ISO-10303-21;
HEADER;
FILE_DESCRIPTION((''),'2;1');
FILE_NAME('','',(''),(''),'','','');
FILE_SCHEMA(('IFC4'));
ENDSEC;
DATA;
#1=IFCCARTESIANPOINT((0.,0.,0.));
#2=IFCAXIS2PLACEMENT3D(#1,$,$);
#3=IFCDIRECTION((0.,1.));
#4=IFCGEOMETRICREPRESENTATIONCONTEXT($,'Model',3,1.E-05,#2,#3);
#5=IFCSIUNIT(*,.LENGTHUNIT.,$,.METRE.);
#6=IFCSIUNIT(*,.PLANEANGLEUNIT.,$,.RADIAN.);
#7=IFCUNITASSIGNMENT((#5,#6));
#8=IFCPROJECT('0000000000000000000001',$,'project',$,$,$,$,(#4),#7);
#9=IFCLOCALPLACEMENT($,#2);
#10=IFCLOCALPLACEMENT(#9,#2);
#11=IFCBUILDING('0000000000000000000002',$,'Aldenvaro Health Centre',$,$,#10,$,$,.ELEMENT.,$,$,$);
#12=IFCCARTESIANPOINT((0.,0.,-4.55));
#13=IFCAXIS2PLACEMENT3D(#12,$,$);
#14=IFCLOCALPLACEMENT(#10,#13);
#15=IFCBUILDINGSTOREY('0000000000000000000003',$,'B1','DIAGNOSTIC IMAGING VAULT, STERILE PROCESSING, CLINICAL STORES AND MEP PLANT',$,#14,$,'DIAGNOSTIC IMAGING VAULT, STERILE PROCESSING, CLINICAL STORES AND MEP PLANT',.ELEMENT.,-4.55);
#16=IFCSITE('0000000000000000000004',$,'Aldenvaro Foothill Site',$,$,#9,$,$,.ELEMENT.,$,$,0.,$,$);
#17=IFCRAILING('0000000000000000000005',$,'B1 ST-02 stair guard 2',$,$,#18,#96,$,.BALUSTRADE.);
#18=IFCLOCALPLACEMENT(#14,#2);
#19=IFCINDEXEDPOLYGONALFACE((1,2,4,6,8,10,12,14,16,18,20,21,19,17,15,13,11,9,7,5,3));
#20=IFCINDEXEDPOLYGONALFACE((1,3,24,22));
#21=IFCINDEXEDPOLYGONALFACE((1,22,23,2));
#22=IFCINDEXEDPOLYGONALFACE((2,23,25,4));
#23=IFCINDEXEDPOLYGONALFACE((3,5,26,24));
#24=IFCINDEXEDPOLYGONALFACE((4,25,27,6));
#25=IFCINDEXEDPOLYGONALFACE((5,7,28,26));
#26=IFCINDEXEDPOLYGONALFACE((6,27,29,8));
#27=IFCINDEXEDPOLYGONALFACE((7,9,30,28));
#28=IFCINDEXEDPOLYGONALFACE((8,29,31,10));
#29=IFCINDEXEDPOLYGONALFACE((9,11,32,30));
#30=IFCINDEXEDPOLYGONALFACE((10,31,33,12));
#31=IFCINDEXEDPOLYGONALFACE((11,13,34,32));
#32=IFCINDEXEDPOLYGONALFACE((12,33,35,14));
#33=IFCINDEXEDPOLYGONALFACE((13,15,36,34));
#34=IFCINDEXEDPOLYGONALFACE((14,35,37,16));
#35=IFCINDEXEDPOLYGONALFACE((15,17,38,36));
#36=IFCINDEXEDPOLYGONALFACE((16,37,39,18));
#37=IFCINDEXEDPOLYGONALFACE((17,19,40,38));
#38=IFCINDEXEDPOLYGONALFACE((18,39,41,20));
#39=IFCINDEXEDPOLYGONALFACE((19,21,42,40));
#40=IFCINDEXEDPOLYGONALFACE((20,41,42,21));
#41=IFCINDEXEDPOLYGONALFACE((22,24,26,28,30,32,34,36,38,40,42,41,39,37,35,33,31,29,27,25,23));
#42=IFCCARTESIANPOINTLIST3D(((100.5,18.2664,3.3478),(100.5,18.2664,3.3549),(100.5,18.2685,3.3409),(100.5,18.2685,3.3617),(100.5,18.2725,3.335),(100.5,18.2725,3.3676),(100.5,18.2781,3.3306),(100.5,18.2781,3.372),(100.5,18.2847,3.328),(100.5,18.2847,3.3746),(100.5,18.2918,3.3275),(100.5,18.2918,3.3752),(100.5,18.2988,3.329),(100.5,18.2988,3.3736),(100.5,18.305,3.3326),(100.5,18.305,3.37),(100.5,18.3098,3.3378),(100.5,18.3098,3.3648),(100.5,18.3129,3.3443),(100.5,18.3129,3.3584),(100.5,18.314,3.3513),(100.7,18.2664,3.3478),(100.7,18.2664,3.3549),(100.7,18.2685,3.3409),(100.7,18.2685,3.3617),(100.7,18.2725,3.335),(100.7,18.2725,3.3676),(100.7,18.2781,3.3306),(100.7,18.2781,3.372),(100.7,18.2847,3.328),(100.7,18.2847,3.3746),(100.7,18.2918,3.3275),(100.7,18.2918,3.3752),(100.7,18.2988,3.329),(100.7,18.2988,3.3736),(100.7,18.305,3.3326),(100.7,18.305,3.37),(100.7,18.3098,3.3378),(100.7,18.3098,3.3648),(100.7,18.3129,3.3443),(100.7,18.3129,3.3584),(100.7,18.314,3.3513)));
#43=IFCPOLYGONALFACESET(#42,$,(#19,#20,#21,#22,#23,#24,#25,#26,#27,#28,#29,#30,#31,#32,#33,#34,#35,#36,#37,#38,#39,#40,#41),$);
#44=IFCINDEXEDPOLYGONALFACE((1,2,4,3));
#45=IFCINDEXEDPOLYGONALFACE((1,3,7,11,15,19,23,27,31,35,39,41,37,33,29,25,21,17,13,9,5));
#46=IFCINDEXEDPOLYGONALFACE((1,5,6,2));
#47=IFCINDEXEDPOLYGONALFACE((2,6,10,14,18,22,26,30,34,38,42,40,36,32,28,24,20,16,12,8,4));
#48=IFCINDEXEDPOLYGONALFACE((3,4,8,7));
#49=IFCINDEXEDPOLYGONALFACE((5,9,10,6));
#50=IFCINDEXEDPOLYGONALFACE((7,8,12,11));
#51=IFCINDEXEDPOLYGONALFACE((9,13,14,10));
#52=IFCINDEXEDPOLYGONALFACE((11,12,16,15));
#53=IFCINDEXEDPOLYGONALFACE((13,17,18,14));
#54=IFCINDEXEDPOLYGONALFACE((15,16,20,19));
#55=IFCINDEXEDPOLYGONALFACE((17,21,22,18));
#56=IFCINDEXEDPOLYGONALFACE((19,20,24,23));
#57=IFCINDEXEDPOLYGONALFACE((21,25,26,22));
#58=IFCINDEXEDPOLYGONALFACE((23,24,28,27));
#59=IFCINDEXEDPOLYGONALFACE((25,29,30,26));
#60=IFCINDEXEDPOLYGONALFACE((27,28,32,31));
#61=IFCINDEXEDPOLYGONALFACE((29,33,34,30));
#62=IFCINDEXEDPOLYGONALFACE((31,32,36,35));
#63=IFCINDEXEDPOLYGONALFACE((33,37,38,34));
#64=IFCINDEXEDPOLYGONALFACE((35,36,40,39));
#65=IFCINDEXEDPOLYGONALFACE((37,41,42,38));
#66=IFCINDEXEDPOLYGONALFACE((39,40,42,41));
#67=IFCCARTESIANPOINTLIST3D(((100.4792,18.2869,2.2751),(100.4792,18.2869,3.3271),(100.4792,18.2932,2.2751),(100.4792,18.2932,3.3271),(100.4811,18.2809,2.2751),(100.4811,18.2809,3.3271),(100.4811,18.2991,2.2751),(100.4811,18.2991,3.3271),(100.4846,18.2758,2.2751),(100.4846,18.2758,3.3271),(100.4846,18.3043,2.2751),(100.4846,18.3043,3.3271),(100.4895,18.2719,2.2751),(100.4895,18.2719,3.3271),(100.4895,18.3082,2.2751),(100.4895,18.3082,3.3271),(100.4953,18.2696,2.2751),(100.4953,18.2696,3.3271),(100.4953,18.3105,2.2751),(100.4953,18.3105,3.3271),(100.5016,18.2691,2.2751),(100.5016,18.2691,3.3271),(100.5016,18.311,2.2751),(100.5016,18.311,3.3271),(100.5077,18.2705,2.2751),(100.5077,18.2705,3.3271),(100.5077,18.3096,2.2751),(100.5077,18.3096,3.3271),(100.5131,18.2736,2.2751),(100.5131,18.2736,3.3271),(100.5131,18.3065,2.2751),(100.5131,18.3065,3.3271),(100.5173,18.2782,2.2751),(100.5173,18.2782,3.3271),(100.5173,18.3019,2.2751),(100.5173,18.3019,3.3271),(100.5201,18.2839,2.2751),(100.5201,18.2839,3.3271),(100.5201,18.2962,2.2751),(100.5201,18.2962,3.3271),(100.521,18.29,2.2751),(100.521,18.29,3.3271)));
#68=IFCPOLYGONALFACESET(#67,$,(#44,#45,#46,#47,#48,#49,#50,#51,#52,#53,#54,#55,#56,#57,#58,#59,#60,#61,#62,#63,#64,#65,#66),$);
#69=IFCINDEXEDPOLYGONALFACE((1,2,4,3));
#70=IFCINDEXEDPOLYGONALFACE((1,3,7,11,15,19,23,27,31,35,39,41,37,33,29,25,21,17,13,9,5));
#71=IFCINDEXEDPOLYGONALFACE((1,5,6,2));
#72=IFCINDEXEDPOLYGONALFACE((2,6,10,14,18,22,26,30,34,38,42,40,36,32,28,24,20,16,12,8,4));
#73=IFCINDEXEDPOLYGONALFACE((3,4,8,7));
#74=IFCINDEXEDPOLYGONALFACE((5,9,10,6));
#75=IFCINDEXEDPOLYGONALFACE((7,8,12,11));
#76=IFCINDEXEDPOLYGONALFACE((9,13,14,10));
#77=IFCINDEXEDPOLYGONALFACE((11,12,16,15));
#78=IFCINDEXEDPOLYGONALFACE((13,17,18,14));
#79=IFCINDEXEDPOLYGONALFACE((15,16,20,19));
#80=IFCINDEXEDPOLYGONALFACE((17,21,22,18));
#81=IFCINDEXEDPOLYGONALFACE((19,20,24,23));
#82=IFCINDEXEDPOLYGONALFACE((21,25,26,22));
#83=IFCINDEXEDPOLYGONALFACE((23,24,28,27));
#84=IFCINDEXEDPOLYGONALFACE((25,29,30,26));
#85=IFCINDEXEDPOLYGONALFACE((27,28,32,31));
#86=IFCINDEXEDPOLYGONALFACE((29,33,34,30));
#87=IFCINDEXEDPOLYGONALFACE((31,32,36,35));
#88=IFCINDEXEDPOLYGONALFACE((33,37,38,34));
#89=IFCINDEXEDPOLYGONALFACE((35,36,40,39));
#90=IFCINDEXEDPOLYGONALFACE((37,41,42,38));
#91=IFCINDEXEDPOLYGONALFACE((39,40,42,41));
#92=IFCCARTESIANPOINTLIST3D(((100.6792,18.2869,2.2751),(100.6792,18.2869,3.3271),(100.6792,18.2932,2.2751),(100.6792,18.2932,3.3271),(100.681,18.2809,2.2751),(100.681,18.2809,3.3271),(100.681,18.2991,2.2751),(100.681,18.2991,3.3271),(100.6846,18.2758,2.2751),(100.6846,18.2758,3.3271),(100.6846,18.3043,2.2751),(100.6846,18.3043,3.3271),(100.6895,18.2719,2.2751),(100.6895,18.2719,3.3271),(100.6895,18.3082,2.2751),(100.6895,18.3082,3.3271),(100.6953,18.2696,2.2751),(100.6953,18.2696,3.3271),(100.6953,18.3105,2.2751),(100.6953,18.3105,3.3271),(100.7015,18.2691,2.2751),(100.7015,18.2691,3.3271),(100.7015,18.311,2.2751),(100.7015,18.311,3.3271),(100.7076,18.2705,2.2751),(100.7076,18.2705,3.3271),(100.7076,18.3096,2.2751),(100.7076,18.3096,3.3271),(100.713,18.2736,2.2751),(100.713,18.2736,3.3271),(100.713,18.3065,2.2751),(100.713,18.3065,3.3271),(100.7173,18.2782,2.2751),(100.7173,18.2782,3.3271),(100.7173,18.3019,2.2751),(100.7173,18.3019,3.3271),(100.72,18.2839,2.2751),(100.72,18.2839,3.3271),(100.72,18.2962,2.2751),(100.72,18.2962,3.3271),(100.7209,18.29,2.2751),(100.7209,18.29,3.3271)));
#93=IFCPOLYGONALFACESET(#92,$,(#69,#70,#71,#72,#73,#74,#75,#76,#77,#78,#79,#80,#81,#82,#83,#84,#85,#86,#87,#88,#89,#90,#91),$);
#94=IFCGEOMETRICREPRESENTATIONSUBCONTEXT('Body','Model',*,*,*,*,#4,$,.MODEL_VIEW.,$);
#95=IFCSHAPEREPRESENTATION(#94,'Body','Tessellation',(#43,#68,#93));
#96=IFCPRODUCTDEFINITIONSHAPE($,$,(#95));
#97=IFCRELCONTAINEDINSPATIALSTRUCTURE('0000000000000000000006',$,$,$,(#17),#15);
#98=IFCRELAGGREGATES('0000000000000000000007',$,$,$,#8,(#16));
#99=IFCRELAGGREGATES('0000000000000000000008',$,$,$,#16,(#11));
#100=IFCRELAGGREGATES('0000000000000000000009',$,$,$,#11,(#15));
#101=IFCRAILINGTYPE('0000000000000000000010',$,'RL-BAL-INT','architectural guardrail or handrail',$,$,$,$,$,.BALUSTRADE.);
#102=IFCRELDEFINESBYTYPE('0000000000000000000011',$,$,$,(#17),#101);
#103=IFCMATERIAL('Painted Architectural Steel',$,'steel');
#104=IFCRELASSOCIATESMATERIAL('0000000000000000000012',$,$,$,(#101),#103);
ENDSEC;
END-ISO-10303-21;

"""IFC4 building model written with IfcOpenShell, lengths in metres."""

from ifc_helpers import new_model, si_unit, direction, frame, origin, origin_2d, place, context, subcontext, project, spatial, circle, extrude, material, type_object, element, save


model = new_model("IFC4")

# Units and contexts
model_context = context("Model", 3, precision=1e-05, world=origin(), true_north=direction((0.0, 1.0)))
body_context = subcontext(model_context, "Body", "Model", "MODEL_VIEW")
ifc_project = project(units=[si_unit("LENGTHUNIT", "METRE"), si_unit("PLANEANGLEUNIT", "RADIAN")], contexts=[model_context])

# Site, building, storey
site_placement = place(None, origin())
site = spatial("IfcSite", under=ifc_project, at=site_placement, Name="Aldenvaro Foothill Site", CompositionType="ELEMENT", RefElevation=0.0)
building_placement = place(site_placement, origin())
building = spatial("IfcBuilding", under=site, at=building_placement, Name="Aldenvaro Health Centre", CompositionType="ELEMENT")
storey_placement = place(building_placement, frame((0.0, 0.0, -4.55)))
storey = spatial("IfcBuildingStorey", under=building, at=storey_placement, Name="B1", Description="DIAGNOSTIC IMAGING VAULT, STERILE PROCESSING, CLINICAL STORES AND MEP PLANT", LongName="DIAGNOSTIC IMAGING VAULT, STERILE PROCESSING, CLINICAL STORES AND MEP PLANT", CompositionType="ELEMENT", Elevation=-4.55)

# Railing
ifc_material_1 = material(Name="Painted Architectural Steel", Category="steel")
railing_type_1 = type_object("IfcRailingType", Name="RL-BAL-INT", Description="architectural guardrail or handrail", PredefinedType="BALUSTRADE", material=ifc_material_1)
railing_1_placement = place(storey_placement, frame((100.5, 18.29, 2.2751)))
element("IfcRailing", 1, at=railing_1_placement, inside=storey, type_object=railing_type_1, Name="B1 ST-02 stair guard 2", PredefinedType="BALUSTRADE", context=body_context, shape_type="SweptSolid", body=[
    extrude(circle(Radius=0.0239, at=origin_2d()), frame((0.0, 0.0, 1.0762), z_axis=(1.0, 0.0, 0.0), x_axis=(0.0, 1.0, 0.0)), (0.0, 0.0, 1.0), 0.2),
    extrude(circle(Radius=0.021, at=origin_2d()), origin(), (0.0, 0.0, 1.0), 1.052),
    extrude(circle(Radius=0.021, at=origin_2d()), frame((0.2, 0.0, 0.0)), (0.0, 0.0, 1.0), 1.052),
])

save(model, "model.ifc")
